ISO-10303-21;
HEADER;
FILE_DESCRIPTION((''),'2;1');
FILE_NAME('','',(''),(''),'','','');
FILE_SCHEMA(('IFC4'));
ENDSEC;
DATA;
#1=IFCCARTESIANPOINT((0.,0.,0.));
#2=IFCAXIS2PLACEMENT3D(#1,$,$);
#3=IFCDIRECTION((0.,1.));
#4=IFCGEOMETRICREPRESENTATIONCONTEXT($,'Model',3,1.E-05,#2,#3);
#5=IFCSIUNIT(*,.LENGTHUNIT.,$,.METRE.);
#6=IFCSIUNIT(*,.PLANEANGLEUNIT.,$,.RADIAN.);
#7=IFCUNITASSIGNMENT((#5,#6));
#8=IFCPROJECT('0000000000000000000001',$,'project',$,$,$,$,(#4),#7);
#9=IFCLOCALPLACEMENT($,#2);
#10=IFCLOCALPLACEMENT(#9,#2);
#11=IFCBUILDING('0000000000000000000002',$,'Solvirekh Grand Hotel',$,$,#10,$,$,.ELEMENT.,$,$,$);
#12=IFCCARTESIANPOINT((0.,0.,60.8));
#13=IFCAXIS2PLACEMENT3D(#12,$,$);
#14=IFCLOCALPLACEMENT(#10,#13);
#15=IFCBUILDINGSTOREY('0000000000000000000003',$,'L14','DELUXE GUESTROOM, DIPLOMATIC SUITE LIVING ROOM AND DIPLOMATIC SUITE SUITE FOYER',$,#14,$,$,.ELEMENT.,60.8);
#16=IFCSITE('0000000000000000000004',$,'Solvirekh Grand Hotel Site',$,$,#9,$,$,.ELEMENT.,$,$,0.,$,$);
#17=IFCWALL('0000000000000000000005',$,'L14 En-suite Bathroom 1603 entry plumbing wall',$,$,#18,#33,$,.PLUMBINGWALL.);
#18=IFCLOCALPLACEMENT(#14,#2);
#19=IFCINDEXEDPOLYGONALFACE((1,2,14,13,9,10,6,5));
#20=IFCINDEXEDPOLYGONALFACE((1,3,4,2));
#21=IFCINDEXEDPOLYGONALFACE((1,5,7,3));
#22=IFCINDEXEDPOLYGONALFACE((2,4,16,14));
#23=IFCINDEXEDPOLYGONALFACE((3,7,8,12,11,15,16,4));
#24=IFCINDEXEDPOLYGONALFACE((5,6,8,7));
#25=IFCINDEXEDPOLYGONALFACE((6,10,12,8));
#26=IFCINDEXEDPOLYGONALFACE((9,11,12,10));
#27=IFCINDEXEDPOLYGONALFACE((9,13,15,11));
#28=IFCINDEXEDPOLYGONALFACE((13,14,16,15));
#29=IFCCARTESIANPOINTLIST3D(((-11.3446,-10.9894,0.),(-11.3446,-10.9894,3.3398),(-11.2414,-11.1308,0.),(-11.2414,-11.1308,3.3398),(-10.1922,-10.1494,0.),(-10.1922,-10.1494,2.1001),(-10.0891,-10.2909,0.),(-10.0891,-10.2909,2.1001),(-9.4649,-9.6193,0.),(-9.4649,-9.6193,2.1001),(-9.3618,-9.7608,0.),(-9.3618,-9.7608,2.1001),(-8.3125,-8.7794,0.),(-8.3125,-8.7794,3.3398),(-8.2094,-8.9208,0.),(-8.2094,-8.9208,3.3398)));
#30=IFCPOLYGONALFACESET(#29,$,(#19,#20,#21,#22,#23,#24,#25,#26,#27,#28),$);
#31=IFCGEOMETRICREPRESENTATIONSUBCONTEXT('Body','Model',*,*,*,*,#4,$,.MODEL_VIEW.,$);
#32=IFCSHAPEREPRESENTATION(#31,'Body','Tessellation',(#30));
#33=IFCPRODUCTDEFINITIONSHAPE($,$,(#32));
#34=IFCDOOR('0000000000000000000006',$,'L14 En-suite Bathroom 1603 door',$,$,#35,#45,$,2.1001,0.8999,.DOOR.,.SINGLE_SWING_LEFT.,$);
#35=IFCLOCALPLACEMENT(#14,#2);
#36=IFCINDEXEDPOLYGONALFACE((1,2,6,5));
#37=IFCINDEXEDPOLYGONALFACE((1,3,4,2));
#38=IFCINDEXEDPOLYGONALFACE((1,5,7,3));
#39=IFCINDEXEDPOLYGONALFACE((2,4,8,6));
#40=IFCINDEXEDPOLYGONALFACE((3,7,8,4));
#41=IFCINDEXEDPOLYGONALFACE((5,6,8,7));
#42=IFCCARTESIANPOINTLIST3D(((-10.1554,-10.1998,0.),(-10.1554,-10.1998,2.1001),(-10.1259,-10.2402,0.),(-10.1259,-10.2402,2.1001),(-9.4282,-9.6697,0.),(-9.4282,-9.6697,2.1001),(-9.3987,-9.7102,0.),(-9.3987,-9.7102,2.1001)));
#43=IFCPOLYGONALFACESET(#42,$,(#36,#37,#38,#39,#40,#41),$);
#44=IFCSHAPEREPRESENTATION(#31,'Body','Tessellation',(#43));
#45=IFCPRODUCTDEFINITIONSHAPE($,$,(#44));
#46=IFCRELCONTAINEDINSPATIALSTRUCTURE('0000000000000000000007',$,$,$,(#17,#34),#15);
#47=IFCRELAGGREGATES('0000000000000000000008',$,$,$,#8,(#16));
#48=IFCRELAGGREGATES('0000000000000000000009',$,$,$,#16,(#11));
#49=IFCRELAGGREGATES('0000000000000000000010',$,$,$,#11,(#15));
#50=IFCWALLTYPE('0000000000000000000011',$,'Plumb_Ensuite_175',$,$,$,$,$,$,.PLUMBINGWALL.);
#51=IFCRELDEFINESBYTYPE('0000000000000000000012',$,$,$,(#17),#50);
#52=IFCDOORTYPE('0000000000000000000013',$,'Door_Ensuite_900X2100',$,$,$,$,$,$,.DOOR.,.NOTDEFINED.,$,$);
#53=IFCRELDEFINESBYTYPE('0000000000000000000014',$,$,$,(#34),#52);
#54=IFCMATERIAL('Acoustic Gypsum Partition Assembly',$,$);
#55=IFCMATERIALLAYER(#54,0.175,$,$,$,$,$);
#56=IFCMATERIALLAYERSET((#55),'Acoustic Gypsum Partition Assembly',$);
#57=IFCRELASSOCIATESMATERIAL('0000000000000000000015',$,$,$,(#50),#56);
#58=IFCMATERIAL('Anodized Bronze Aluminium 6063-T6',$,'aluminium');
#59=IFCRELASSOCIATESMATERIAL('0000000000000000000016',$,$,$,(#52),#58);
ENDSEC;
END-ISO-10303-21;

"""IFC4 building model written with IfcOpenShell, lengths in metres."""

from ifc_helpers import new_model, si_unit, direction, frame, frame_2d, origin, place, context, subcontext, project, spatial, rectangle, extrude, material, layer, layer_set, type_object, element, fill, save


model = new_model("IFC4")

# Units and contexts
model_context = context("Model", 3, precision=1e-05, world=origin(), true_north=direction((0.0, 1.0)))
body_context = subcontext(model_context, "Body", "Model", "MODEL_VIEW")
ifc_project = project(units=[si_unit("LENGTHUNIT", "METRE"), si_unit("PLANEANGLEUNIT", "RADIAN")], contexts=[model_context])

# Site, building, storey
site_placement = place(None, origin())
site = spatial("IfcSite", under=ifc_project, at=site_placement, Name="Solvirekh Grand Hotel Site", CompositionType="ELEMENT", RefElevation=0.0)
building_placement = place(site_placement, origin())
building = spatial("IfcBuilding", under=site, at=building_placement, Name="Solvirekh Grand Hotel", CompositionType="ELEMENT")
storey_placement = place(building_placement, frame((0.0, 0.0, 60.8)))
storey = spatial("IfcBuildingStorey", under=building, at=storey_placement, Name="L14", Description="DELUXE GUESTROOM, DIPLOMATIC SUITE LIVING ROOM AND DIPLOMATIC SUITE SUITE FOYER", CompositionType="ELEMENT", Elevation=60.8)

# Shared definitions
ifc_material_1 = material(Name="Anodized Bronze Aluminium 6063-T6", Category="aluminium")

# Shared definitions
ifc_material_2 = material(Name="Acoustic Gypsum Partition Assembly")

# Shared definitions
ifc_layer_1 = layer(ifc_material_2, 0.175)
ifc_layer_set_1 = layer_set([ifc_layer_1], Name="Acoustic Gypsum Partition Assembly")
wall_type_1 = type_object("IfcWallType", Name="Plumb_Ensuite_175", PredefinedType="PLUMBINGWALL", material=ifc_layer_set_1)
door_type_1 = type_object("IfcDoorType", Name="Door_Ensuite_900X2100", OperationType="NOTDEFINED", PredefinedType="DOOR", material=ifc_material_1)

# Wall, opening, door
wall_1_placement = place(storey_placement, frame((-8.261, -8.8501, 0.0), z_axis=(0.0, 0.0, 1.0), x_axis=(-0.808117, -0.589023, 0.0)))
wall_1 = element("IfcWall", 1, at=wall_1_placement, inside=storey, type_object=wall_type_1, Name="L14 En-suite Bathroom 1603 entry plumbing wall", PredefinedType="PLUMBINGWALL", context=body_context, shape_type="SweptSolid", body=[
    extrude(rectangle(XDim=3.752, YDim=0.175, at=frame_2d((1.876, 0.0))), origin(), (0.0, 0.0, 1.0), 3.3398),
])
opening_1_placement = place(wall_1_placement, frame((1.426, 0.0, 0.0)))
opening_1 = element("IfcOpeningElement", 2, at=opening_1_placement, cuts=wall_1, PredefinedType="OPENING", context=body_context, shape_type="SweptSolid", body=[
    extrude(rectangle(XDim=0.8999, YDim=2.1001, at=frame_2d((0.45, 1.05))), frame((0.0, 0.0977, 0.0), z_axis=(0.0, -1.0, 0.0), x_axis=(1.0, 0.0, 0.0)), (0.0, 0.0, 1.0), 0.1951),
])
door_1_placement = place(opening_1_placement, origin())
door_1 = element("IfcDoor", 3, at=door_1_placement, inside=storey, type_object=door_type_1, Name="L14 En-suite Bathroom 1603 door", OperationType="SINGLE_SWING_LEFT", OverallHeight=2.1001, OverallWidth=0.8999, PredefinedType="DOOR", context=body_context, shape_type="SweptSolid", body=[
    extrude(rectangle(XDim=0.8999, YDim=2.1001, at=frame_2d((0.45, 1.05))), frame((0.0, 0.0249, 0.0), z_axis=(0.0, -1.0, 0.0), x_axis=(1.0, 0.0, 0.0)), (0.0, 0.0, 1.0), 0.05),
])
fill(opening_1, door_1)

save(model, "model.ifc")
